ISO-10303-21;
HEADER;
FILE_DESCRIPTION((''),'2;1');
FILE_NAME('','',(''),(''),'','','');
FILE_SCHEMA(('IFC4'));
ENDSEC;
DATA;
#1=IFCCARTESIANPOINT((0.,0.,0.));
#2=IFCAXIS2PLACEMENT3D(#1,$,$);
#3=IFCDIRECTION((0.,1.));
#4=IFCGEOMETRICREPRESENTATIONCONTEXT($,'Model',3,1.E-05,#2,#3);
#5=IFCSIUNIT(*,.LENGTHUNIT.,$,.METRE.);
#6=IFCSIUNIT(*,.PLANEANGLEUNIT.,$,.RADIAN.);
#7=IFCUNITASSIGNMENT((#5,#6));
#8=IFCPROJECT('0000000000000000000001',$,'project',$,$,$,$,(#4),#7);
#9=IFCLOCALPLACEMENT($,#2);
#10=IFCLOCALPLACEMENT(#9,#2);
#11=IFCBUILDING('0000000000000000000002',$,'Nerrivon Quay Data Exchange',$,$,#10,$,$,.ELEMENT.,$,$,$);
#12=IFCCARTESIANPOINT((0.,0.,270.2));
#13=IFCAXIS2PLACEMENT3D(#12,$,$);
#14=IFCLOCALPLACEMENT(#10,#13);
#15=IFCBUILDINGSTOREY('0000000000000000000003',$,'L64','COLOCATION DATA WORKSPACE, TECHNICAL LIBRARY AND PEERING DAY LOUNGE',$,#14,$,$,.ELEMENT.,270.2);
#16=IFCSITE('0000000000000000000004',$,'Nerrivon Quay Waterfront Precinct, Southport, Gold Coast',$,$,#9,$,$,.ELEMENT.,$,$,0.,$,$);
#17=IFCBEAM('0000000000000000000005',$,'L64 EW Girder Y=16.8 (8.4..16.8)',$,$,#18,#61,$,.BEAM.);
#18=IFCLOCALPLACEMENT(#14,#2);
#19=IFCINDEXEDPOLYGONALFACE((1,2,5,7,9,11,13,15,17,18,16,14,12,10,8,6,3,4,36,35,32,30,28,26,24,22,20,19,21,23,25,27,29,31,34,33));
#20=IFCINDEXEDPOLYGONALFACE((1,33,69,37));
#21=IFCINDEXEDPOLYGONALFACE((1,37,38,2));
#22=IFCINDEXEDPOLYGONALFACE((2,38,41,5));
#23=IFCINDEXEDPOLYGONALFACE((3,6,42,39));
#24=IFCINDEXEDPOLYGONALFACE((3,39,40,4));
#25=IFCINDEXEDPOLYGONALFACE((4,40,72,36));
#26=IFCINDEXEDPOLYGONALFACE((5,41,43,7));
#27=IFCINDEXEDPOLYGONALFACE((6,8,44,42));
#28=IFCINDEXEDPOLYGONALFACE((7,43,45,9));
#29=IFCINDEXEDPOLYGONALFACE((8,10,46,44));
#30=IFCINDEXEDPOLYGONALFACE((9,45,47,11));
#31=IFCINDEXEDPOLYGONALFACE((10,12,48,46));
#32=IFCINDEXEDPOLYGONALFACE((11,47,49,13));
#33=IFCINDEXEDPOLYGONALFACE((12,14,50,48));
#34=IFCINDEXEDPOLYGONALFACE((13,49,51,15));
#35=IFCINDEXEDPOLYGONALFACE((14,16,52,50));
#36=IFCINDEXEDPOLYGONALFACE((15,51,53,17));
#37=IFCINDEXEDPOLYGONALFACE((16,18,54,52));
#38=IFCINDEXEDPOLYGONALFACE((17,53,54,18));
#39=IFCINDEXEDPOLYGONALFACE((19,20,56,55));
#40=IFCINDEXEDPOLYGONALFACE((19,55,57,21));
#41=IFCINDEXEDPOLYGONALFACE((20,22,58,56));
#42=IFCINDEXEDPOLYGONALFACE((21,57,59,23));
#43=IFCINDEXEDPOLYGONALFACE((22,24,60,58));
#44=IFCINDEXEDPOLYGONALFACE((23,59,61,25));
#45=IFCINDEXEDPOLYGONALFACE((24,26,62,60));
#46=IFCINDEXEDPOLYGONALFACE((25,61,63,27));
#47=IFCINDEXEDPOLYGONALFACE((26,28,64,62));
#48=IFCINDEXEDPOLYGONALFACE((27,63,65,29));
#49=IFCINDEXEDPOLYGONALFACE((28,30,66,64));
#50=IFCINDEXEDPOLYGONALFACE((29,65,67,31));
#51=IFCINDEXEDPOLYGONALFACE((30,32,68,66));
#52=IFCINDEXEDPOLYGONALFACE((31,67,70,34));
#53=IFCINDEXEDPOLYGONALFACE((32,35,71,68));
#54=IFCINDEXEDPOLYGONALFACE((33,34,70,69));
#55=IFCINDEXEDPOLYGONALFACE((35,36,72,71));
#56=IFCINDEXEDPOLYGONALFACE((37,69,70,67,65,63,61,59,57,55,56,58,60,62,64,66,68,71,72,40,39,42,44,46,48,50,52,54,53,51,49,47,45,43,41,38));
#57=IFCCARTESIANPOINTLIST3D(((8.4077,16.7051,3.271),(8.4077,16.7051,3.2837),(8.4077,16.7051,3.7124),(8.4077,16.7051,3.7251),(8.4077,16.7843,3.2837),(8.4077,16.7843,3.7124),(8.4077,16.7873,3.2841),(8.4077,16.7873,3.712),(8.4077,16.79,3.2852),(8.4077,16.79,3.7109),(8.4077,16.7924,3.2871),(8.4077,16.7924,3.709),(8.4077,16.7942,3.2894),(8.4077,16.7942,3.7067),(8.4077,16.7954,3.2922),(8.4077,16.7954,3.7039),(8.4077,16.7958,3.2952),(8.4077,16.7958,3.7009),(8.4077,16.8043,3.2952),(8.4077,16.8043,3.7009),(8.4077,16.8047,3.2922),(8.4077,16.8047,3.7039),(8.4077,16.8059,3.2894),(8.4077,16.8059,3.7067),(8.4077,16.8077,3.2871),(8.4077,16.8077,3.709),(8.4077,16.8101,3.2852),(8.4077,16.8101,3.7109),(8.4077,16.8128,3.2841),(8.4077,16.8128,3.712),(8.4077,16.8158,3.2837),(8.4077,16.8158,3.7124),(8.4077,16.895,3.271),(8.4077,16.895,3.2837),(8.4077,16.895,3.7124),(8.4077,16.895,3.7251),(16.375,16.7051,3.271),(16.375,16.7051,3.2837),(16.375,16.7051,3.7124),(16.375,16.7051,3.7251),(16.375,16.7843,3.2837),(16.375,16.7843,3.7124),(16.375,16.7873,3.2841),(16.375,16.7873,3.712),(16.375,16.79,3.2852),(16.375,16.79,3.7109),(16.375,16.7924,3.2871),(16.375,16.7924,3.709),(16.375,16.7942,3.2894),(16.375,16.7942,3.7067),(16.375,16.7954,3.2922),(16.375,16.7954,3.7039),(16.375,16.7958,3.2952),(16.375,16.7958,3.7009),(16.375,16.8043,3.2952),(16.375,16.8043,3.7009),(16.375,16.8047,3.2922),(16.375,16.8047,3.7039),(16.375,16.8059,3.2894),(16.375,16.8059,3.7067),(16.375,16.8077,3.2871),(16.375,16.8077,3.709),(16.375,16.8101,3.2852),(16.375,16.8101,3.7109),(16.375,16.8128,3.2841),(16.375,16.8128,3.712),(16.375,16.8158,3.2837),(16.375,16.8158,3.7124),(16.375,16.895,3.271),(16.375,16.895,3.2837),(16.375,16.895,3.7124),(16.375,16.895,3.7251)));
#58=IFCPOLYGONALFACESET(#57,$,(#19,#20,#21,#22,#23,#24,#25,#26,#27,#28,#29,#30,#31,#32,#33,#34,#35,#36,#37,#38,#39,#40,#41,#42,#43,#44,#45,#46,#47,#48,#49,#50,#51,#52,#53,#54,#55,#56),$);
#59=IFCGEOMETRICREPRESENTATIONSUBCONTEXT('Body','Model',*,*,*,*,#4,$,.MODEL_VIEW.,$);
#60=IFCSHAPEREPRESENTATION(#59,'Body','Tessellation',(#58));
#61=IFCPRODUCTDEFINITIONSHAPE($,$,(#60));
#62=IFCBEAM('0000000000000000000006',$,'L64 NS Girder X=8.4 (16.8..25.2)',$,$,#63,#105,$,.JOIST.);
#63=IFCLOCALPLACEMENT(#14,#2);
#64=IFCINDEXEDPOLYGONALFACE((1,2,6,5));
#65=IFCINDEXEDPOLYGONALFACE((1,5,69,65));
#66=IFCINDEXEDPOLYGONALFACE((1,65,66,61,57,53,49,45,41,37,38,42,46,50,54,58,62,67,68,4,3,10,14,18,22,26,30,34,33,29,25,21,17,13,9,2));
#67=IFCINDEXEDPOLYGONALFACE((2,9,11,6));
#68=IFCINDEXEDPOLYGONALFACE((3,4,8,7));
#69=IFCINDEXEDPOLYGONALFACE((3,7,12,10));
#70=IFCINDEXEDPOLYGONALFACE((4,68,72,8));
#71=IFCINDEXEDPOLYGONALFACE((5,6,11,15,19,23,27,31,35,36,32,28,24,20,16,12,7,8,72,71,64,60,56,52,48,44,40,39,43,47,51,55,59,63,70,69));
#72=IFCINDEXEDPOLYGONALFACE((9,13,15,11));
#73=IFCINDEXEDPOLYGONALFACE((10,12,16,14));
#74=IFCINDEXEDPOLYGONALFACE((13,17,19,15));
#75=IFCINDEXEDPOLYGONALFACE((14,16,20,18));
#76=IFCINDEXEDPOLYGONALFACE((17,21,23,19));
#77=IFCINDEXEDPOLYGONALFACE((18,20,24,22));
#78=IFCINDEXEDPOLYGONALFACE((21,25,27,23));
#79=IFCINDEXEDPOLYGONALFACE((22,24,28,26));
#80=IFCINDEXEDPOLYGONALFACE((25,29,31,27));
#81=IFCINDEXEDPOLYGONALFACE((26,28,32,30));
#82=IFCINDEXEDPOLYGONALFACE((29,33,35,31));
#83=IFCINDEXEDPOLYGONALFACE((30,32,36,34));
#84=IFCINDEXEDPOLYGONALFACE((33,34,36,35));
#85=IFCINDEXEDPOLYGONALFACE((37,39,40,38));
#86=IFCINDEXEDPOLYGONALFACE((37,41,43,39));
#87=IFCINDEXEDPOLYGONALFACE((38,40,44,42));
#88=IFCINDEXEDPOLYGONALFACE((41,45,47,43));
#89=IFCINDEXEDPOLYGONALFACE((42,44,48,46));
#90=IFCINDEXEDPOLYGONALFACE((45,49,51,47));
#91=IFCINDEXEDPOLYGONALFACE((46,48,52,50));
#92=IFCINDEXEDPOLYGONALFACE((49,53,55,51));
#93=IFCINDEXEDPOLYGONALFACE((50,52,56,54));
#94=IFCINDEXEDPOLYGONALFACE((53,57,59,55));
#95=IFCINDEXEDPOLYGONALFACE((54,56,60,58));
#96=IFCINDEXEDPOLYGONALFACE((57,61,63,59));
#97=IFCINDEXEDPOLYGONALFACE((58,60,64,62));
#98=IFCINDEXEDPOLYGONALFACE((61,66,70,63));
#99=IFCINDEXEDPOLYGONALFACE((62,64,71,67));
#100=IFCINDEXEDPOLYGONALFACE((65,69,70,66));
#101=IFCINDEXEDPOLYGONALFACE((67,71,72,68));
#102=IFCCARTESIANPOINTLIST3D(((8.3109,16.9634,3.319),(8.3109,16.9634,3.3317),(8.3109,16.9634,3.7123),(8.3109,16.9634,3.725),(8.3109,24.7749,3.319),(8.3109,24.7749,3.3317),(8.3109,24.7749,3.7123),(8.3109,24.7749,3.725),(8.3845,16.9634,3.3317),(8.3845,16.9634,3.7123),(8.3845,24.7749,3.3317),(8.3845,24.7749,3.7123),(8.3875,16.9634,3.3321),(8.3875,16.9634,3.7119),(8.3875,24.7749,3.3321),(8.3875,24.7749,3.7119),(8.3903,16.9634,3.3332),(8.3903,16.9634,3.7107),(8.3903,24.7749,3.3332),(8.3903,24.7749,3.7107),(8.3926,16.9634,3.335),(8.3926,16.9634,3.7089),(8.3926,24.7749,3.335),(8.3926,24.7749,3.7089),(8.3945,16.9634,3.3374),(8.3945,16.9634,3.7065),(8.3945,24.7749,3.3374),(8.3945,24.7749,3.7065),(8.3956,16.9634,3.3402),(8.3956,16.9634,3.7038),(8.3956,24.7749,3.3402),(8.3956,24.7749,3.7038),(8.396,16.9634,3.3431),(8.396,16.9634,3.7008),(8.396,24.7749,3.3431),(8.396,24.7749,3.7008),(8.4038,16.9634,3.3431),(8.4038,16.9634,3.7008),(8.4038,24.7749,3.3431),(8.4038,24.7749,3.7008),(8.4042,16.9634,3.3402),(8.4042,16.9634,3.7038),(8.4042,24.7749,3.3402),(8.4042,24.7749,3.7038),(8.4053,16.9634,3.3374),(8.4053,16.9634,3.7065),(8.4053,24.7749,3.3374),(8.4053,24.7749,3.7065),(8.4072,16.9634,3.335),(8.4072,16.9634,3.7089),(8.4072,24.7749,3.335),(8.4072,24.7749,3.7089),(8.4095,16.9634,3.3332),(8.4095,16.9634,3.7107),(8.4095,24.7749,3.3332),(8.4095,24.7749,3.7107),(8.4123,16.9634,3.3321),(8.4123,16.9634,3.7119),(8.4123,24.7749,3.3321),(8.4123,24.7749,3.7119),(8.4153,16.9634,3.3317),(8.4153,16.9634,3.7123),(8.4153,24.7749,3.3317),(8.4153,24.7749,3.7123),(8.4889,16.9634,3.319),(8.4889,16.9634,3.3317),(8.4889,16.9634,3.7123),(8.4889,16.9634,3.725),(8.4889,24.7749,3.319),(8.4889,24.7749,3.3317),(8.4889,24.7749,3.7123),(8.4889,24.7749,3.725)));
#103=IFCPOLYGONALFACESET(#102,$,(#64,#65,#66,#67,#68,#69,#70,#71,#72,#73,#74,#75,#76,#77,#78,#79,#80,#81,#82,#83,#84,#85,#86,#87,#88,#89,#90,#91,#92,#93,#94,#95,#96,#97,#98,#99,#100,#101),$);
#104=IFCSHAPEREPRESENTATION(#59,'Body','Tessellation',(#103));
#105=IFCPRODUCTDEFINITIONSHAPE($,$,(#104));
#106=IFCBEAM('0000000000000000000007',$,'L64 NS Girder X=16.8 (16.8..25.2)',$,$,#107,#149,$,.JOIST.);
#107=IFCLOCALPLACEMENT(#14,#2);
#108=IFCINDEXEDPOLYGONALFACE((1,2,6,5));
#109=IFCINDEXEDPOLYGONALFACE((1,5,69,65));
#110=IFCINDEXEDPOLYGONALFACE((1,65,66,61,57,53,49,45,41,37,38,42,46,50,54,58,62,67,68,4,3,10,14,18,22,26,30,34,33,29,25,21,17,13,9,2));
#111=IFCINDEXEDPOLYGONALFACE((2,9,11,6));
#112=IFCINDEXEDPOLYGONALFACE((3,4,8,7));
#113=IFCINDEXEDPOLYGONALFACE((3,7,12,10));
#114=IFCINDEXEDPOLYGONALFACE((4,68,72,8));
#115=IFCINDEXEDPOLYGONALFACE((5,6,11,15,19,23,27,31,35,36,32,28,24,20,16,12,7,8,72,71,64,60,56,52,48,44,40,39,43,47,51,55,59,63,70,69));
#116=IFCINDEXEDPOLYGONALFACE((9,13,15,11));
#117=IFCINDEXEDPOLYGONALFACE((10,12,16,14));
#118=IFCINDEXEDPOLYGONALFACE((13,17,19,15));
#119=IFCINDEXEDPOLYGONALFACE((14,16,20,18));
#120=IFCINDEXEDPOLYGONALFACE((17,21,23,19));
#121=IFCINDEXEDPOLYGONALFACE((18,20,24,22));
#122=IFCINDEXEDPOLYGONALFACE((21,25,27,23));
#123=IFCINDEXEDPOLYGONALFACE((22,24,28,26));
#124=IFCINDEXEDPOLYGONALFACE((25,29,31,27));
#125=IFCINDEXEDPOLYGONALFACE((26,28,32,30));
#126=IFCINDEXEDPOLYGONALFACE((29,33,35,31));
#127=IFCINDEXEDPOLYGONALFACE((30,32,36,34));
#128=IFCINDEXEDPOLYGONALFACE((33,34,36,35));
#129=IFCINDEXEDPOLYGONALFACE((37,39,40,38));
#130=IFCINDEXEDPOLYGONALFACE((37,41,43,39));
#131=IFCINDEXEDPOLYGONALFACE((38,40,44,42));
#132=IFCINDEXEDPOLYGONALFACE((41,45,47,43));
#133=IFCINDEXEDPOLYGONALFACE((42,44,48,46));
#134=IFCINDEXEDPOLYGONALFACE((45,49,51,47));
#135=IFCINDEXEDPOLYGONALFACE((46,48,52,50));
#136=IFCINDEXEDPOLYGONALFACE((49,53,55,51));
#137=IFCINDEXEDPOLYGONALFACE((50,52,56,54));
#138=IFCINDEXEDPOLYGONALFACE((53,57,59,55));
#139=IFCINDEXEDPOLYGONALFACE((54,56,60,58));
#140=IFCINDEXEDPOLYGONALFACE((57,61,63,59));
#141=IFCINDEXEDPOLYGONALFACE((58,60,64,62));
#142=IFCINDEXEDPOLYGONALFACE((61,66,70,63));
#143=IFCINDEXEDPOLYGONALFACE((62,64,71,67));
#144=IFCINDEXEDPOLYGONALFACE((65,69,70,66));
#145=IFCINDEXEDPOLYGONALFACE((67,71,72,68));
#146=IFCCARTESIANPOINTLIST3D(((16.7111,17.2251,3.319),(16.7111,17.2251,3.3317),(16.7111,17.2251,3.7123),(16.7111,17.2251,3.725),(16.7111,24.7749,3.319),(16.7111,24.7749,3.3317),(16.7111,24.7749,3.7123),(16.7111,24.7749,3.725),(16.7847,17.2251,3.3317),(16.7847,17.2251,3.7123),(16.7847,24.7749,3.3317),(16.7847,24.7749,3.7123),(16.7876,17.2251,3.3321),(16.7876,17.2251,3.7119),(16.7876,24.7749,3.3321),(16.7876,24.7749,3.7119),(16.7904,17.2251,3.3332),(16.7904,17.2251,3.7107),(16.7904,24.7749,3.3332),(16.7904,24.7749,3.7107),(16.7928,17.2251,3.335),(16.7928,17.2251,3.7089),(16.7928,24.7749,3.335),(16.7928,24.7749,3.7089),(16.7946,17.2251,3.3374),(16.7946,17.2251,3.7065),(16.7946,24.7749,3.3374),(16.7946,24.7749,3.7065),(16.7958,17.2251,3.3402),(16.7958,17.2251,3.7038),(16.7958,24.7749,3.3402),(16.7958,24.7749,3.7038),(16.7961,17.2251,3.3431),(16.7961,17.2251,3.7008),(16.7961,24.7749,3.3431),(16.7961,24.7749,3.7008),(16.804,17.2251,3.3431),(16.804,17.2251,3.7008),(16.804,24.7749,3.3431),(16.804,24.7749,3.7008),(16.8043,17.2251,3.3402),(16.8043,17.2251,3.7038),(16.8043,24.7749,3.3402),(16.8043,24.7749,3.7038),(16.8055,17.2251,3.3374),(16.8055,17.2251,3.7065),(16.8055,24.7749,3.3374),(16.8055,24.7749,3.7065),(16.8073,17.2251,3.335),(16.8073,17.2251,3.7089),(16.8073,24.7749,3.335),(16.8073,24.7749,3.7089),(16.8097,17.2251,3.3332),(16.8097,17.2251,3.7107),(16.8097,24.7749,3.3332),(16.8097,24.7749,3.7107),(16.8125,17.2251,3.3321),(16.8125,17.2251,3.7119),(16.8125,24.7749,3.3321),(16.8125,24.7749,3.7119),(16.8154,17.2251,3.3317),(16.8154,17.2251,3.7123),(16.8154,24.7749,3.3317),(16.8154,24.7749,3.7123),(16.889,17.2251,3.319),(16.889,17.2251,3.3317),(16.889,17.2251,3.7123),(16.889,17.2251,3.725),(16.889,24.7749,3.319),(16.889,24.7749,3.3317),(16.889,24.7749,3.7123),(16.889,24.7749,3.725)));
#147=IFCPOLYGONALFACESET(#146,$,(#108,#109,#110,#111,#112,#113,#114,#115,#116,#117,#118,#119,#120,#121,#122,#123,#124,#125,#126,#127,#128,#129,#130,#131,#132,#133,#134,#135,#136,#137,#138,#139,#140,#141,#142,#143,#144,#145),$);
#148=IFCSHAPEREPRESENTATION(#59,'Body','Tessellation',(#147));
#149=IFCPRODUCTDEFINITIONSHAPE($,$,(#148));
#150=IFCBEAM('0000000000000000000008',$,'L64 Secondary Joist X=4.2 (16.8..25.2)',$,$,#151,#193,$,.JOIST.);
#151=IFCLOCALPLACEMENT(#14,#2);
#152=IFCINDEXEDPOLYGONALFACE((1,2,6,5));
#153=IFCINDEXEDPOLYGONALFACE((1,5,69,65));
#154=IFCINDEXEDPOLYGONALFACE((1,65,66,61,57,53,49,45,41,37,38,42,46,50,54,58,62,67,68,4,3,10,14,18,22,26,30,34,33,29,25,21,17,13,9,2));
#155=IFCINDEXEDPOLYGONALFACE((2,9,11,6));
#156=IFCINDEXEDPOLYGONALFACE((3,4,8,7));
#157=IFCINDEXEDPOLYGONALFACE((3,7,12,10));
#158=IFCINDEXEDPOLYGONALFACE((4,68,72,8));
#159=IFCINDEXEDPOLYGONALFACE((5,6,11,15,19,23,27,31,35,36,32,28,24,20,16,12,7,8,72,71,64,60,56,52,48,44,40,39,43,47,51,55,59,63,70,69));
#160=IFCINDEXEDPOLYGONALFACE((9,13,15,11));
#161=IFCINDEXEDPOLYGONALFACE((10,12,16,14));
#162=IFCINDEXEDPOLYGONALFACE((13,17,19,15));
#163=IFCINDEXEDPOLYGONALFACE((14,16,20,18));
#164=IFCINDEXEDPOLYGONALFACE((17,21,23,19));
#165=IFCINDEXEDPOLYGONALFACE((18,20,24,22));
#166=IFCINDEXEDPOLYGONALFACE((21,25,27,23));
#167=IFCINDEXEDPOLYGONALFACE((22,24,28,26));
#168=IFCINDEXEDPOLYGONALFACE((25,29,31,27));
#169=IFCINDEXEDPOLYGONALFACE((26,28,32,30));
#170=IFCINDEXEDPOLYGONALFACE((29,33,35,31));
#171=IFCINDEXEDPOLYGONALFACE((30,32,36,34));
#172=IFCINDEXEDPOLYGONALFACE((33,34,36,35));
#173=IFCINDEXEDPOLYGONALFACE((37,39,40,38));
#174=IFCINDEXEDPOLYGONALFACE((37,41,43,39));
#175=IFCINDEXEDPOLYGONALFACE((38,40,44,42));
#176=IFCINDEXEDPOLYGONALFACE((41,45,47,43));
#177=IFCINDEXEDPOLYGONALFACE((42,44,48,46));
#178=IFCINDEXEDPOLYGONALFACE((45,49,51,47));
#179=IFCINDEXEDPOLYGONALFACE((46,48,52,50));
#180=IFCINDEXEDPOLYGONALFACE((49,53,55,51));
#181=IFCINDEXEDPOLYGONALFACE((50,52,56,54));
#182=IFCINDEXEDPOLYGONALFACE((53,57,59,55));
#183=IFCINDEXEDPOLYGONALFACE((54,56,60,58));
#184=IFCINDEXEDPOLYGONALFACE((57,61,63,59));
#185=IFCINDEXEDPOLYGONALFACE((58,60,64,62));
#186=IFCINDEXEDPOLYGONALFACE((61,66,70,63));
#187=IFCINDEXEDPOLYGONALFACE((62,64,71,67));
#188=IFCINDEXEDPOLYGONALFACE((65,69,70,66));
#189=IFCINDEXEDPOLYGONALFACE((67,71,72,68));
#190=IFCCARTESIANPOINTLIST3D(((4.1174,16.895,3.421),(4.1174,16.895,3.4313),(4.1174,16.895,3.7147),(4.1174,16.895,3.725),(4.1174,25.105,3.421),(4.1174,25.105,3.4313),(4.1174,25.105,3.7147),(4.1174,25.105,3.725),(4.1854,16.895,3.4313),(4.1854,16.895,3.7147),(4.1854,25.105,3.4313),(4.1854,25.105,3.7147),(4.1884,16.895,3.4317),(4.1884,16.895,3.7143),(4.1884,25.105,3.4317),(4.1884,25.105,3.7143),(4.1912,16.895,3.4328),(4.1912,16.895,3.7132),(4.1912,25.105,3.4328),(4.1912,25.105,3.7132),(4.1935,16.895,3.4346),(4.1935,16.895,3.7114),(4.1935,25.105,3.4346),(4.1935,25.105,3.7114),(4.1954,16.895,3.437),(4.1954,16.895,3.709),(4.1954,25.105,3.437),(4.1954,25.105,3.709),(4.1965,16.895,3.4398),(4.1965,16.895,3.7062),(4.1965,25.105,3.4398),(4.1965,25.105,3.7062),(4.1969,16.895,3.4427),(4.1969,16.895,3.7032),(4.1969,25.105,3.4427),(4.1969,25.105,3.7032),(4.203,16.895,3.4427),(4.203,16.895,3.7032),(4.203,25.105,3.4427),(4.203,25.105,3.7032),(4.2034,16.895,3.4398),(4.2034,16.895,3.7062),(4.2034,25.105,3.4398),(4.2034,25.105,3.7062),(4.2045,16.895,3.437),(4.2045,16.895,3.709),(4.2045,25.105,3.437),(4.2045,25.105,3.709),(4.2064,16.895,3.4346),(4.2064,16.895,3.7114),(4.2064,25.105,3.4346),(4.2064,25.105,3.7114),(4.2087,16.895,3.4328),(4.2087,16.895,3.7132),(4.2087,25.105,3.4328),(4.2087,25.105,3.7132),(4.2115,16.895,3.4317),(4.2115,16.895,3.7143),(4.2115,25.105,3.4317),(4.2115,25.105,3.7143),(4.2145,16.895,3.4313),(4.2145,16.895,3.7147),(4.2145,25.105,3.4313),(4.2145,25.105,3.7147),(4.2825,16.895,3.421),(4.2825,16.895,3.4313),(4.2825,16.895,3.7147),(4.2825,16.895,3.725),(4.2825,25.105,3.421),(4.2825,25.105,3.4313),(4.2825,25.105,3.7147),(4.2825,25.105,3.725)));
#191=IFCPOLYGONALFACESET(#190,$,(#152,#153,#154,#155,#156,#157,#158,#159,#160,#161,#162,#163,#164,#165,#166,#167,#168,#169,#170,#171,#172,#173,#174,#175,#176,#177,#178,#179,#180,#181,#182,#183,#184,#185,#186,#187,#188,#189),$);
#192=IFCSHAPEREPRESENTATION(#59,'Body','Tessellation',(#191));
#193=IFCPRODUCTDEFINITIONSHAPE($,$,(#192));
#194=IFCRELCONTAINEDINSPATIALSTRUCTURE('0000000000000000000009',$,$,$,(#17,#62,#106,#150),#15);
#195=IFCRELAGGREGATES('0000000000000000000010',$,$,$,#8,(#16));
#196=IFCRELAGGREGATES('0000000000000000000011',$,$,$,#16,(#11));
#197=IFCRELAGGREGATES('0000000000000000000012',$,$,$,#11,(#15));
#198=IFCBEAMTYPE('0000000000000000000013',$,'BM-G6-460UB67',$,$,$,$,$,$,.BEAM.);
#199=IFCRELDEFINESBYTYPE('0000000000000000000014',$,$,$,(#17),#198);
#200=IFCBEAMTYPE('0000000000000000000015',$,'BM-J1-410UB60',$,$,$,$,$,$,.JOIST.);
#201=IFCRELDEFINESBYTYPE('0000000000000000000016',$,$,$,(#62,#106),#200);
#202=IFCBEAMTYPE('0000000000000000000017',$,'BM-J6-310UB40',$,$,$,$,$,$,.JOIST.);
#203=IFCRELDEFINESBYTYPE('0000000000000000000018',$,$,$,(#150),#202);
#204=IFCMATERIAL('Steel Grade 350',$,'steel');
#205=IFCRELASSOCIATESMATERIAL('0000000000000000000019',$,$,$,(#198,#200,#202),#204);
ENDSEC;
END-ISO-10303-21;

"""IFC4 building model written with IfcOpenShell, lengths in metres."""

from ifc_helpers import new_model, si_unit, direction, frame, origin, origin_2d, place, context, subcontext, project, spatial, i_section, extrude, material, material_profile, profile_set, type_object, element, save


model = new_model("IFC4")

# Units and contexts
model_context = context("Model", 3, precision=1e-05, world=origin(), true_north=direction((0.0, 1.0)))
body_context = subcontext(model_context, "Body", "Model", "MODEL_VIEW")
ifc_project = project(units=[si_unit("LENGTHUNIT", "METRE"), si_unit("PLANEANGLEUNIT", "RADIAN")], contexts=[model_context])

# Site, building, storey
site_placement = place(None, origin())
site = spatial("IfcSite", under=ifc_project, at=site_placement, Name="Nerrivon Quay Waterfront Precinct, Southport, Gold Coast", CompositionType="ELEMENT", RefElevation=0.0)
building_placement = place(site_placement, origin())
building = spatial("IfcBuilding", under=site, at=building_placement, Name="Nerrivon Quay Data Exchange", CompositionType="ELEMENT")
storey_placement = place(building_placement, frame((0.0, 0.0, 270.2)))
storey = spatial("IfcBuildingStorey", under=building, at=storey_placement, Name="L64", Description="COLOCATION DATA WORKSPACE, TECHNICAL LIBRARY AND PEERING DAY LOUNGE", CompositionType="ELEMENT", Elevation=270.2)

# Shared definitions
ifc_material_1 = material(Name="Steel Grade 350", Category="steel")

# Beams
ifc_material_profile_1 = material_profile(ifc_material_1, i_section(OverallWidth=0.1899, OverallDepth=0.4541, WebThickness=0.0085, FlangeThickness=0.0127, FilletRadius=0.0115, at=origin_2d()), Name="460UB67.1")
ifc_profile_set_1 = profile_set([ifc_material_profile_1], Name="Steel Grade 350")
beam_type_1 = type_object("IfcBeamType", Name="BM-G6-460UB67", PredefinedType="BEAM", material=ifc_profile_set_1)
beam_1_placement = place(storey_placement, frame((8.4077, 16.8, 3.498), z_axis=(1.0, 0.0, 0.0), x_axis=(0.0, 1.0, 0.0)))
element("IfcBeam", 1, at=beam_1_placement, inside=storey, type_object=beam_type_1, Name="L64 EW Girder Y=16.8 (8.4..16.8)", PredefinedType="BEAM", context=body_context, shape_type="SweptSolid", body=[
    extrude(i_section(OverallWidth=0.1899, OverallDepth=0.4541, WebThickness=0.0085, FlangeThickness=0.0127, FilletRadius=0.0115, at=origin_2d()), origin(), (0.0, 0.0, 1.0), 7.9673),
])
ifc_material_profile_2 = material_profile(ifc_material_1, i_section(OverallWidth=0.178, OverallDepth=0.406, WebThickness=0.0078, FlangeThickness=0.0127, FilletRadius=0.0115, at=origin_2d()), Name="410UB59.7")
ifc_profile_set_2 = profile_set([ifc_material_profile_2], Name="Steel Grade 350")
beam_type_2 = type_object("IfcBeamType", Name="BM-J1-410UB60", PredefinedType="JOIST", material=ifc_profile_set_2)
beam_2_placement = place(storey_placement, frame((8.3999, 16.9634, 3.522), z_axis=(0.0, 1.0, 0.0), x_axis=(-1.0, 0.0, 0.0)))
element("IfcBeam", 2, at=beam_2_placement, inside=storey, type_object=beam_type_2, Name="L64 NS Girder X=8.4 (16.8..25.2)", PredefinedType="JOIST", context=body_context, shape_type="SweptSolid", body=[
    extrude(i_section(OverallWidth=0.178, OverallDepth=0.406, WebThickness=0.0078, FlangeThickness=0.0127, FilletRadius=0.0115, at=origin_2d()), origin(), (0.0, 0.0, 1.0), 7.8115),
])
beam_3_placement = place(storey_placement, frame((16.8, 17.2251, 3.522), z_axis=(0.0, 1.0, 0.0), x_axis=(-1.0, 0.0, 0.0)))
element("IfcBeam", 3, at=beam_3_placement, inside=storey, type_object=beam_type_2, Name="L64 NS Girder X=16.8 (16.8..25.2)", PredefinedType="JOIST", context=body_context, shape_type="SweptSolid", body=[
    extrude(i_section(OverallWidth=0.178, OverallDepth=0.406, WebThickness=0.0078, FlangeThickness=0.0127, FilletRadius=0.0115, at=origin_2d()), origin(), (0.0, 0.0, 1.0), 7.5498),
])
ifc_material_profile_3 = material_profile(ifc_material_1, i_section(OverallWidth=0.165, OverallDepth=0.304, WebThickness=0.0061, FlangeThickness=0.0103, FilletRadius=0.0115, at=origin_2d()), Name="310UB40.4")
ifc_profile_set_3 = profile_set([ifc_material_profile_3], Name="Steel Grade 350")
beam_type_3 = type_object("IfcBeamType", Name="BM-J6-310UB40", PredefinedType="JOIST", material=ifc_profile_set_3)
beam_4_placement = place(storey_placement, frame((4.2, 16.895, 3.573), z_axis=(0.0, 1.0, 0.0), x_axis=(-1.0, 0.0, 0.0)))
element("IfcBeam", 4, at=beam_4_placement, inside=storey, type_object=beam_type_3, Name="L64 Secondary Joist X=4.2 (16.8..25.2)", PredefinedType="JOIST", context=body_context, shape_type="SweptSolid", body=[
    extrude(i_section(OverallWidth=0.165, OverallDepth=0.304, WebThickness=0.0061, FlangeThickness=0.0103, FilletRadius=0.0115, at=origin_2d()), origin(), (0.0, 0.0, 1.0), 8.21),
])

save(model, "model.ifc")
